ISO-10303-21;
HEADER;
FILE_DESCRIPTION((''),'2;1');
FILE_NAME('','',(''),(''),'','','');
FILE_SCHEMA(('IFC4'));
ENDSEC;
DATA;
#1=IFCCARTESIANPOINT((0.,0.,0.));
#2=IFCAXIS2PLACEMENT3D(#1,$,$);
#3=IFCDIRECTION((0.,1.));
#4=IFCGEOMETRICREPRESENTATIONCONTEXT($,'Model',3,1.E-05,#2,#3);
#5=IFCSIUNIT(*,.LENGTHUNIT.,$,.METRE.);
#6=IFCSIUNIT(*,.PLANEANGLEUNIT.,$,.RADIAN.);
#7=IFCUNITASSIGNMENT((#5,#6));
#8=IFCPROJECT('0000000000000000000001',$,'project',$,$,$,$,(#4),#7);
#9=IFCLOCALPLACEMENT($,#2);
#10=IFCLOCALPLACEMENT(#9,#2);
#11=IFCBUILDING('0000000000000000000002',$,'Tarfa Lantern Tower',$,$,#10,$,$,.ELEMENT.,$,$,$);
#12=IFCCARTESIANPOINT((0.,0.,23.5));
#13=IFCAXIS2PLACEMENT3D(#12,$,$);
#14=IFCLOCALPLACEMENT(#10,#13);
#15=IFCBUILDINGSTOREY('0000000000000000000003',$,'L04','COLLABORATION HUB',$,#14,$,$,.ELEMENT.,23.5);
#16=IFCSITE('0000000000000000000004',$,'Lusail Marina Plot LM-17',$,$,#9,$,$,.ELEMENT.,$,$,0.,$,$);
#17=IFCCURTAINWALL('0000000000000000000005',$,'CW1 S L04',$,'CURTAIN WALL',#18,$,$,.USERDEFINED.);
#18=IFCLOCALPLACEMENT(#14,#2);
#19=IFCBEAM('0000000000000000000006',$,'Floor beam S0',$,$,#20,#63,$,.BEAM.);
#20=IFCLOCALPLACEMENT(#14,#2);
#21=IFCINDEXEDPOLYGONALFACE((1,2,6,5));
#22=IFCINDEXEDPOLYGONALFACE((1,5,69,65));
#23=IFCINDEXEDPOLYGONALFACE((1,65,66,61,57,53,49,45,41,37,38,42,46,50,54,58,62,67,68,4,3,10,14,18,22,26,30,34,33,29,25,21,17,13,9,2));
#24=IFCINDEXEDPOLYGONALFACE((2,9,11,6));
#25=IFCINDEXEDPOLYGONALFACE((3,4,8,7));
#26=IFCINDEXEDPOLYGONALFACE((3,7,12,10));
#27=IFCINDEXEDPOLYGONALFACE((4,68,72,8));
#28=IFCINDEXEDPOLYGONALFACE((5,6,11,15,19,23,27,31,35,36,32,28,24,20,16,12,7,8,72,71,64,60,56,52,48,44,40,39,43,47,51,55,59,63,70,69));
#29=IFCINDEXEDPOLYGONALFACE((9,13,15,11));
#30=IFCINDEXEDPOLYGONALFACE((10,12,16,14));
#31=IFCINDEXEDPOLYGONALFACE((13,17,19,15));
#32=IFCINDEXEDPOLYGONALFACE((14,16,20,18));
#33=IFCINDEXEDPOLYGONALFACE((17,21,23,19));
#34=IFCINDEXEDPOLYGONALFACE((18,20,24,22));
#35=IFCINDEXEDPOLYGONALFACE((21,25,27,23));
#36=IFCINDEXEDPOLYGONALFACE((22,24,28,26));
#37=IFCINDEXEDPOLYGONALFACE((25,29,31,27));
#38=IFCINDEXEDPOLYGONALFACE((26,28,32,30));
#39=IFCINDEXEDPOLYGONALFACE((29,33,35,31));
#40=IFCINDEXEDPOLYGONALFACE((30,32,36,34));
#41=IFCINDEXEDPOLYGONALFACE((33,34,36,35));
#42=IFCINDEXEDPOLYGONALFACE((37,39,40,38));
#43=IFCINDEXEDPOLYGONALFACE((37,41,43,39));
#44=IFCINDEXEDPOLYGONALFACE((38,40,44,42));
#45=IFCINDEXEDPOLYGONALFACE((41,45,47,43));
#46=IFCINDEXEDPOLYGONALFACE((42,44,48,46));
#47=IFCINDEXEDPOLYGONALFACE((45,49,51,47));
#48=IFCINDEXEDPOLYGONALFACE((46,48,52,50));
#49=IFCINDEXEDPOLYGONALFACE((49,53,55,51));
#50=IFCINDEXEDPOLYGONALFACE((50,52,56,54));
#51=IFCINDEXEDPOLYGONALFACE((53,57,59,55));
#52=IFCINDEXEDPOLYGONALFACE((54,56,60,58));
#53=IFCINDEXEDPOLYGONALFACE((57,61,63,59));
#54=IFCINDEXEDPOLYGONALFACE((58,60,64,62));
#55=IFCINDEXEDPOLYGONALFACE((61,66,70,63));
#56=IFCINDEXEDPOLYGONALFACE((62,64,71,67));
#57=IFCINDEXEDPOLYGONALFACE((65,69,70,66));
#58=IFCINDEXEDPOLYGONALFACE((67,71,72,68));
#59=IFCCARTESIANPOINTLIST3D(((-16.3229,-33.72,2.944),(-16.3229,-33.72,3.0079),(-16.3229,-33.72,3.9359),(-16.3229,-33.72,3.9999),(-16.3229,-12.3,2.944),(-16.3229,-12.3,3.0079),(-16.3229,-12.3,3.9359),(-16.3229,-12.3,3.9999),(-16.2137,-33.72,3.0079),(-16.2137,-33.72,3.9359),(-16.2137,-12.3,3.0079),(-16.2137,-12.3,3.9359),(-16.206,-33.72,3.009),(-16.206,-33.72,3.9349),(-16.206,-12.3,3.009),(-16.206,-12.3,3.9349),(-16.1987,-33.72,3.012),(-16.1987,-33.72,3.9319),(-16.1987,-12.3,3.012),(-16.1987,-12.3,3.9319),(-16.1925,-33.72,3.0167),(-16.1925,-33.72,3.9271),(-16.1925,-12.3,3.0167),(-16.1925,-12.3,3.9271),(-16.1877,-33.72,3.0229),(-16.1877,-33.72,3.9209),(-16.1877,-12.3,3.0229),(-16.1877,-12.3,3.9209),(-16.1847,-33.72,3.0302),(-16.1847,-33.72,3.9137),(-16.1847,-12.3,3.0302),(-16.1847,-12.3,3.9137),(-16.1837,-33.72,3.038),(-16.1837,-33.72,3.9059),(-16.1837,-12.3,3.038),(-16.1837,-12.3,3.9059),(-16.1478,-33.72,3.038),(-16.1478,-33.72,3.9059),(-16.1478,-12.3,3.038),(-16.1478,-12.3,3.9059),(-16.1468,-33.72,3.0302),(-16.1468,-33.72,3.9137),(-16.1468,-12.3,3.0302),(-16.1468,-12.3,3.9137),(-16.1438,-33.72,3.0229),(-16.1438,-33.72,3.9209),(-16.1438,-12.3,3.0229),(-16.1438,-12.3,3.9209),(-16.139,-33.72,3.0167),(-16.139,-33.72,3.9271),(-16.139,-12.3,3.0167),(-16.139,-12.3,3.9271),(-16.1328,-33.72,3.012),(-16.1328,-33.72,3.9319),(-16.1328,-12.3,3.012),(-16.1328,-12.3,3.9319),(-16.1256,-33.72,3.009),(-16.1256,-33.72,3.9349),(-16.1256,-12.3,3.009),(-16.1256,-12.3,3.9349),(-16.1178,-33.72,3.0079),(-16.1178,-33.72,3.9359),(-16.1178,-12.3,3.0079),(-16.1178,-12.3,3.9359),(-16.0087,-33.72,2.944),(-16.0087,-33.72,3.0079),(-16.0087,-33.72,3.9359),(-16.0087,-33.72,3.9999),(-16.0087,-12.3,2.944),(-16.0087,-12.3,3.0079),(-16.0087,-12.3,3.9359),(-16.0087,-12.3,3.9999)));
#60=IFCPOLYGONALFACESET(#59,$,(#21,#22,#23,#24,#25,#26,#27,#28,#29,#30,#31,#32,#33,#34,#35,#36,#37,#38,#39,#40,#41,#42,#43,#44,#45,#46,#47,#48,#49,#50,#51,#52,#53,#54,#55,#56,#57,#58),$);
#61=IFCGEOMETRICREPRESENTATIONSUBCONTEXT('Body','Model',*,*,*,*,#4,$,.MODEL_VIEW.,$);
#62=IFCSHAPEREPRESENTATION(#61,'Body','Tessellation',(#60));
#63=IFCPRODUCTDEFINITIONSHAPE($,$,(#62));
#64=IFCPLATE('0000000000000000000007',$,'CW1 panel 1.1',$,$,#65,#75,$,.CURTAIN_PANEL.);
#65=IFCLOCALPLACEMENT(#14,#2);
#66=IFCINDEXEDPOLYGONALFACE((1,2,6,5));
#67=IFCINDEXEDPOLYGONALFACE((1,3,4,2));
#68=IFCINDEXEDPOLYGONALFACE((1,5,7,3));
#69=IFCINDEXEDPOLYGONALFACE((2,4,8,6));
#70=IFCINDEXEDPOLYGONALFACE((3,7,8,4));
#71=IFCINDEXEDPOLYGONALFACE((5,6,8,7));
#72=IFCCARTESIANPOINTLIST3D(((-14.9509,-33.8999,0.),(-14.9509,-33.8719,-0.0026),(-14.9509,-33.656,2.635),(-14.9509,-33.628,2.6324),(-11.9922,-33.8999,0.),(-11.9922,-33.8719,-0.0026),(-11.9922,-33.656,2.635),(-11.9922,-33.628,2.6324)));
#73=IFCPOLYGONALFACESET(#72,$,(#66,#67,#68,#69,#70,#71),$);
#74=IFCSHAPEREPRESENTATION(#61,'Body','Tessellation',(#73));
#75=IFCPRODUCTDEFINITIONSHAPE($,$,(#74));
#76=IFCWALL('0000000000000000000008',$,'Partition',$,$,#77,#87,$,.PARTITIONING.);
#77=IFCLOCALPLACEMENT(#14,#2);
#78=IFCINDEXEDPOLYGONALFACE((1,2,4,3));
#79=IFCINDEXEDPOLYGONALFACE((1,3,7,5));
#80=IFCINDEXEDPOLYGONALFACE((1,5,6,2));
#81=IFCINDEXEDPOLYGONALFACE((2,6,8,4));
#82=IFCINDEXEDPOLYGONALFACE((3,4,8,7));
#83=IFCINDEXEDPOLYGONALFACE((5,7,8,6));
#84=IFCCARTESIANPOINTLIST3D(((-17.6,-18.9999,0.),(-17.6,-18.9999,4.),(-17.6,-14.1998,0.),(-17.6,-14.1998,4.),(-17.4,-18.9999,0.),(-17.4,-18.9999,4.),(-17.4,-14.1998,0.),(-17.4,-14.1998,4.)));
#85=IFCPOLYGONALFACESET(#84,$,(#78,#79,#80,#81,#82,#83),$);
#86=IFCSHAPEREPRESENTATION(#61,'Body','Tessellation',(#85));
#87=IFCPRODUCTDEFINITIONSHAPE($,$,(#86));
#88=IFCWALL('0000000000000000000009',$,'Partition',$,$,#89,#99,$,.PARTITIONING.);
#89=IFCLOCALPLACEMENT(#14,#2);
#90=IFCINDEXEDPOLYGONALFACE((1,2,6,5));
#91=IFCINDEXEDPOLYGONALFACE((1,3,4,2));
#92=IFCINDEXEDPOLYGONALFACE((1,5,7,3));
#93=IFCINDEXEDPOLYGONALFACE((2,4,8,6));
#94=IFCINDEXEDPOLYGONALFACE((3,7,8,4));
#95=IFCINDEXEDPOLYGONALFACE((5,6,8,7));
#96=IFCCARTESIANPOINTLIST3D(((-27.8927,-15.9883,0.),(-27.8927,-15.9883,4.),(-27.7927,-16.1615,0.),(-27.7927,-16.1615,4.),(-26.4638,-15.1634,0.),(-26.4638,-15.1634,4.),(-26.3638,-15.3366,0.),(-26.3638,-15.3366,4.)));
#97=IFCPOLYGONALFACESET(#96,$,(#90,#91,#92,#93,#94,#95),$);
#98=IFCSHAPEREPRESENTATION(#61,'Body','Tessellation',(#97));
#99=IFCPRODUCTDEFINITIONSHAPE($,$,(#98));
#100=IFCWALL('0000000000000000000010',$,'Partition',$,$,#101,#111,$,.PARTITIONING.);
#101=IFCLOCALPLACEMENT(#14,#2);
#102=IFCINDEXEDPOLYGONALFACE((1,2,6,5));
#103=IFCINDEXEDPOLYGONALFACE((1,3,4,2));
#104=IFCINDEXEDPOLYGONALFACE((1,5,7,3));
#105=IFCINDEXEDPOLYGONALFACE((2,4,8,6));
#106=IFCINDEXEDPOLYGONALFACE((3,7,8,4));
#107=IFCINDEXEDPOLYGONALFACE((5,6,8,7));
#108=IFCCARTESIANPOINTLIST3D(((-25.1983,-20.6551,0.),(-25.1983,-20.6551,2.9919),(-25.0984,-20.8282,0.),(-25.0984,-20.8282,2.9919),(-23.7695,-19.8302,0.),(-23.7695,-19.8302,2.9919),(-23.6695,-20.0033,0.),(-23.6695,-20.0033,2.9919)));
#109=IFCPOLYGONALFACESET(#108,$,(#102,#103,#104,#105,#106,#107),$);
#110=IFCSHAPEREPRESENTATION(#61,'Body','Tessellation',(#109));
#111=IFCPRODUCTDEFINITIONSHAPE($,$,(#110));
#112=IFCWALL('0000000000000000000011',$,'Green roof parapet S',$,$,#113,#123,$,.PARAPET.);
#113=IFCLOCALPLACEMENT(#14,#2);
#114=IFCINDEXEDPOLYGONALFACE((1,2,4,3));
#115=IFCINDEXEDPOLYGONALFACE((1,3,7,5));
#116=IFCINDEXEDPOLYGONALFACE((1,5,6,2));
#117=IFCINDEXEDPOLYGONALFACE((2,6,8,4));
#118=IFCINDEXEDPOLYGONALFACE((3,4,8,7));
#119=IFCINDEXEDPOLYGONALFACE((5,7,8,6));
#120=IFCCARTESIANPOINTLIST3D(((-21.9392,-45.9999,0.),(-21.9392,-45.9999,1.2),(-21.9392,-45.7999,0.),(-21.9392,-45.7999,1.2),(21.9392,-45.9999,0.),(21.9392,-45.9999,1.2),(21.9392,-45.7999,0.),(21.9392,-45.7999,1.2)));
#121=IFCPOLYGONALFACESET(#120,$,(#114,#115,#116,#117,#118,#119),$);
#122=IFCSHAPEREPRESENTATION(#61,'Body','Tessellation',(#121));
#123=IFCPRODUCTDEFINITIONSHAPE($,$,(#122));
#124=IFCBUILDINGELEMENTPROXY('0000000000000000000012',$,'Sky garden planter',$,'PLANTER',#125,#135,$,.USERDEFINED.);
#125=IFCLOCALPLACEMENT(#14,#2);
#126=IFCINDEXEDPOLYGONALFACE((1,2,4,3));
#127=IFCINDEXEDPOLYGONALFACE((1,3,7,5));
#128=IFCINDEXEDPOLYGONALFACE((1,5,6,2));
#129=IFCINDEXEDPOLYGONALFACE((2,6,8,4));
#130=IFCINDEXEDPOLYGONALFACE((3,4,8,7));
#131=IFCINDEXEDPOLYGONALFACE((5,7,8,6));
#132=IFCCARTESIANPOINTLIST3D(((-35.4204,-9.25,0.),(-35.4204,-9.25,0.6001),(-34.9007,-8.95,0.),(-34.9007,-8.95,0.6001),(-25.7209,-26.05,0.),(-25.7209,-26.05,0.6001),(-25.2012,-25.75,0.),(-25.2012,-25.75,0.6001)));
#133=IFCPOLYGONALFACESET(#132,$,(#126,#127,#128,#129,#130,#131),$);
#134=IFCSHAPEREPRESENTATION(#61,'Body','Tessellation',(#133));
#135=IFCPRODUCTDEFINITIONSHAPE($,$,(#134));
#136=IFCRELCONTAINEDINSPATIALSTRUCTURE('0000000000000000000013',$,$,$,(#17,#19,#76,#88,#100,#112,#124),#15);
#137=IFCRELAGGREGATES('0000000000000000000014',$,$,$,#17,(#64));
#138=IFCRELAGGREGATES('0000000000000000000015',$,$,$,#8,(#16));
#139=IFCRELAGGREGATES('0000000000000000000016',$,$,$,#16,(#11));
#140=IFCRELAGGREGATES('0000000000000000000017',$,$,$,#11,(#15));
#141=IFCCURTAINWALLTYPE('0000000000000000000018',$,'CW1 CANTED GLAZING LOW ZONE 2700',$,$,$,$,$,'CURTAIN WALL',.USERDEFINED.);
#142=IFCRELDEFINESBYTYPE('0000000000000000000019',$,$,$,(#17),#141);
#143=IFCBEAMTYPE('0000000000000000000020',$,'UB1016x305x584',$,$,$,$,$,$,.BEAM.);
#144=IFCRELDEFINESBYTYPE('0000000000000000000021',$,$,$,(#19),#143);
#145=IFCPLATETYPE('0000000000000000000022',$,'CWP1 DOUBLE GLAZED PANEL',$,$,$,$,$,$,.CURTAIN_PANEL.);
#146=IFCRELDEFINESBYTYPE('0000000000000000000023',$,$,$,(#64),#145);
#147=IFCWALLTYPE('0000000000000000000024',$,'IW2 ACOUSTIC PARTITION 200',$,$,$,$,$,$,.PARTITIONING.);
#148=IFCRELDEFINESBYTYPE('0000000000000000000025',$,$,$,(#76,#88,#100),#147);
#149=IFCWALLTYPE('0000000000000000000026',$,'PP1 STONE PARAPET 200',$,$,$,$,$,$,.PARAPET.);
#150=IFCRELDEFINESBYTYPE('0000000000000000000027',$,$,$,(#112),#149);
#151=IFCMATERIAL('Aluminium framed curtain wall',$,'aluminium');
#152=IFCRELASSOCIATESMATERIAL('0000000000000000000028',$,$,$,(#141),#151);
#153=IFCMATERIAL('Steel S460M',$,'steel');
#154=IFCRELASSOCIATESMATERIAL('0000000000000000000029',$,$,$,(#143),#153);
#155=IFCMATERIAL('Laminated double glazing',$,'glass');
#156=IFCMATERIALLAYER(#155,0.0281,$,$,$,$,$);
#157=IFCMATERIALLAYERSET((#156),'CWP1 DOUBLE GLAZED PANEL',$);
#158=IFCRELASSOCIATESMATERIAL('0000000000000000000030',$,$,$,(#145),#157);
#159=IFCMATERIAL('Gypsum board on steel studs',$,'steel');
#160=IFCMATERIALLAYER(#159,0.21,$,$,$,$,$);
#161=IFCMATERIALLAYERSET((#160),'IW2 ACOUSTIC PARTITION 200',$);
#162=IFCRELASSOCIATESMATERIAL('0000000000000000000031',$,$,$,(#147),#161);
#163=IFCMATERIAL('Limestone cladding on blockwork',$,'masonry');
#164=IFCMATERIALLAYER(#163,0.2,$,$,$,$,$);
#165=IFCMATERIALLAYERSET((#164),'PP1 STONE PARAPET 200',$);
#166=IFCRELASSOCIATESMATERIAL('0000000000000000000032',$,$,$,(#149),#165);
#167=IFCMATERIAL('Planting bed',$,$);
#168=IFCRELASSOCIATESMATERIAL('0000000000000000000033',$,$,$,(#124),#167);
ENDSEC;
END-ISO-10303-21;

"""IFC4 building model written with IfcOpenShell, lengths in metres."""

from ifc_helpers import new_model, si_unit, direction, frame, frame_2d, origin, origin_2d, place, context, subcontext, project, spatial, polyline, rectangle, i_section, outline, extrude, material, layer, layer_set, material_profile, profile_set, type_object, element, aggregate, save


model = new_model("IFC4")

# Units and contexts
model_context = context("Model", 3, precision=1e-05, world=origin(), true_north=direction((0.0, 1.0)))
body_context = subcontext(model_context, "Body", "Model", "MODEL_VIEW")
ifc_project = project(units=[si_unit("LENGTHUNIT", "METRE"), si_unit("PLANEANGLEUNIT", "RADIAN")], contexts=[model_context])

# Site, building, storey
site_placement = place(None, origin())
site = spatial("IfcSite", under=ifc_project, at=site_placement, Name="Lusail Marina Plot LM-17", CompositionType="ELEMENT", RefElevation=0.0)
building_placement = place(site_placement, origin())
building = spatial("IfcBuilding", under=site, at=building_placement, Name="Tarfa Lantern Tower", CompositionType="ELEMENT")
storey_placement = place(building_placement, frame((0.0, 0.0, 23.5)))
storey = spatial("IfcBuildingStorey", under=building, at=storey_placement, Name="L04", Description="COLLABORATION HUB", CompositionType="ELEMENT", Elevation=23.5)

# Curtain wall
ifc_material_1 = material(Name="Aluminium framed curtain wall", Category="aluminium")
curtain_wall_type = type_object("IfcCurtainWallType", Name="CW1 CANTED GLAZING LOW ZONE 2700", ElementType="CURTAIN WALL", PredefinedType="USERDEFINED", material=ifc_material_1)
curtain_wall_placement = place(storey_placement, origin())
curtain_wall = element("IfcCurtainWall", 1, at=curtain_wall_placement, inside=storey, type_object=curtain_wall_type, Name="CW1 S L04", ObjectType="CURTAIN WALL", PredefinedType="USERDEFINED")

# Beam
ifc_material_2 = material(Name="Steel S460M", Category="steel")
ifc_material_profile_1 = material_profile(ifc_material_2, i_section(OverallWidth=0.3142, OverallDepth=1.0559, WebThickness=0.0359, FlangeThickness=0.064, FilletRadius=0.03, at=origin_2d()), Name="UB1016x305x584")
ifc_profile_set_1 = profile_set([ifc_material_profile_1], Name="Steel S460M")
beam_type_1 = type_object("IfcBeamType", Name="UB1016x305x584", PredefinedType="BEAM", material=ifc_profile_set_1)
beam_1_placement = place(storey_placement, frame((-16.1658, -33.72, 3.4719), z_axis=(0.0, 1.0, 0.0), x_axis=(-1.0, 0.0, 0.0)))
element("IfcBeam", 2, at=beam_1_placement, inside=storey, type_object=beam_type_1, Name="Floor beam S0", PredefinedType="BEAM", context=body_context, shape_type="SweptSolid", body=[
    extrude(i_section(OverallWidth=0.3142, OverallDepth=1.0559, WebThickness=0.0359, FlangeThickness=0.064, FilletRadius=0.03, at=origin_2d()), origin(), (0.0, 0.0, 1.0), 21.4199),
])

# Plate
ifc_material_3 = material(Name="Laminated double glazing", Category="glass")
ifc_layer_1 = layer(ifc_material_3, 0.0281)
ifc_layer_set_1 = layer_set([ifc_layer_1], Name="CWP1 DOUBLE GLAZED PANEL")
plate_type = type_object("IfcPlateType", Name="CWP1 DOUBLE GLAZED PANEL", PredefinedType="CURTAIN_PANEL", material=ifc_layer_set_1)
plate_placement = place(storey_placement, frame((-14.9509, -33.8999, 0.0), z_axis=(0.0, -0.995744, 0.092166), x_axis=(1.0, 0.0, 0.0)))
plate = element("IfcPlate", 3, at=plate_placement, type_object=plate_type, Name="CW1 panel 1.1", PredefinedType="CURTAIN_PANEL", context=body_context, shape_type="SweptSolid", body=[
    extrude(outline(polyline([(0.0, 0.0), (2.9587, 0.0), (2.9587, 2.6463), (0.0, 2.6463), (0.0, 0.0)])), origin(), (0.0, 0.0, -1.0), 0.0281),
])
aggregate(curtain_wall, [plate])

# Walls
ifc_material_4 = material(Name="Gypsum board on steel studs", Category="steel")
ifc_layer_2 = layer(ifc_material_4, 0.21)
ifc_layer_set_2 = layer_set([ifc_layer_2], Name="IW2 ACOUSTIC PARTITION 200")
wall_type_1 = type_object("IfcWallType", Name="IW2 ACOUSTIC PARTITION 200", PredefinedType="PARTITIONING", material=ifc_layer_set_2)
wall_1_placement = place(storey_placement, frame((-17.5, -14.2, 0.0), z_axis=(0.0, 0.0, 1.0), x_axis=(0.0, -1.0, 0.0)))
element("IfcWall", 4, at=wall_1_placement, inside=storey, type_object=wall_type_1, Name="Partition", PredefinedType="PARTITIONING", context=body_context, shape_type="SweptSolid", body=[
    extrude(rectangle(XDim=4.8, YDim=0.2, at=frame_2d((2.3999, 0.0))), origin(), (0.0, 0.0, 1.0), 4.0),
])
wall_2_placement = place(storey_placement, frame((-26.4138, -15.25, 0.0), z_axis=(0.0, 0.0, 1.0), x_axis=(-0.86604, -0.499974, 0.0)))
element("IfcWall", 5, at=wall_2_placement, inside=storey, type_object=wall_type_1, Name="Partition", PredefinedType="PARTITIONING", context=body_context, shape_type="SweptSolid", body=[
    extrude(rectangle(XDim=1.6499, YDim=0.2, at=frame_2d((0.825, 0.0))), origin(), (0.0, 0.0, 1.0), 4.0),
])
wall_3_placement = place(storey_placement, frame((-23.7195, -19.9167, 0.0), z_axis=(0.0, 0.0, 1.0), x_axis=(-0.86604, -0.499974, 0.0)))
element("IfcWall", 6, at=wall_3_placement, inside=storey, type_object=wall_type_1, Name="Partition", PredefinedType="PARTITIONING", context=body_context, shape_type="SweptSolid", body=[
    extrude(rectangle(XDim=1.6499, YDim=0.2, at=frame_2d((0.825, 0.0))), origin(), (0.0, 0.0, 1.0), 2.9919),
])
ifc_material_5 = material(Name="Limestone cladding on blockwork", Category="masonry")
ifc_layer_3 = layer(ifc_material_5, 0.2)
ifc_layer_set_3 = layer_set([ifc_layer_3], Name="PP1 STONE PARAPET 200")
wall_type_2 = type_object("IfcWallType", Name="PP1 STONE PARAPET 200", PredefinedType="PARAPET", material=ifc_layer_set_3)
wall_4_placement = place(storey_placement, frame((-21.9392, -45.8999, 0.0), z_axis=(0.0, 0.0, 1.0), x_axis=(1.0, 0.0, 0.0)))
element("IfcWall", 7, at=wall_4_placement, inside=storey, type_object=wall_type_2, Name="Green roof parapet S", PredefinedType="PARAPET", context=body_context, shape_type="SweptSolid", body=[
    extrude(rectangle(XDim=43.8784, YDim=0.2, at=frame_2d((21.9392, 0.0))), origin(), (0.0, 0.0, 1.0), 1.2),
])

# Building element proxy
ifc_material_6 = material(Name="Planting bed")
proxy_placement = place(storey_placement, frame((-30.3108, -17.5, 0.0), z_axis=(0.0, 0.0, 1.0), x_axis=(0.5, -0.866025, 0.0)))
element("IfcBuildingElementProxy", 8, at=proxy_placement, inside=storey, material=ifc_material_6, Name="Sky garden planter", ObjectType="PLANTER", PredefinedType="USERDEFINED", context=body_context, shape_type="SweptSolid", body=[
    extrude(rectangle(XDim=19.3989, YDim=0.6001, at=origin_2d()), origin(), (0.0, 0.0, 1.0), 0.6001),
])

save(model, "model.ifc")
